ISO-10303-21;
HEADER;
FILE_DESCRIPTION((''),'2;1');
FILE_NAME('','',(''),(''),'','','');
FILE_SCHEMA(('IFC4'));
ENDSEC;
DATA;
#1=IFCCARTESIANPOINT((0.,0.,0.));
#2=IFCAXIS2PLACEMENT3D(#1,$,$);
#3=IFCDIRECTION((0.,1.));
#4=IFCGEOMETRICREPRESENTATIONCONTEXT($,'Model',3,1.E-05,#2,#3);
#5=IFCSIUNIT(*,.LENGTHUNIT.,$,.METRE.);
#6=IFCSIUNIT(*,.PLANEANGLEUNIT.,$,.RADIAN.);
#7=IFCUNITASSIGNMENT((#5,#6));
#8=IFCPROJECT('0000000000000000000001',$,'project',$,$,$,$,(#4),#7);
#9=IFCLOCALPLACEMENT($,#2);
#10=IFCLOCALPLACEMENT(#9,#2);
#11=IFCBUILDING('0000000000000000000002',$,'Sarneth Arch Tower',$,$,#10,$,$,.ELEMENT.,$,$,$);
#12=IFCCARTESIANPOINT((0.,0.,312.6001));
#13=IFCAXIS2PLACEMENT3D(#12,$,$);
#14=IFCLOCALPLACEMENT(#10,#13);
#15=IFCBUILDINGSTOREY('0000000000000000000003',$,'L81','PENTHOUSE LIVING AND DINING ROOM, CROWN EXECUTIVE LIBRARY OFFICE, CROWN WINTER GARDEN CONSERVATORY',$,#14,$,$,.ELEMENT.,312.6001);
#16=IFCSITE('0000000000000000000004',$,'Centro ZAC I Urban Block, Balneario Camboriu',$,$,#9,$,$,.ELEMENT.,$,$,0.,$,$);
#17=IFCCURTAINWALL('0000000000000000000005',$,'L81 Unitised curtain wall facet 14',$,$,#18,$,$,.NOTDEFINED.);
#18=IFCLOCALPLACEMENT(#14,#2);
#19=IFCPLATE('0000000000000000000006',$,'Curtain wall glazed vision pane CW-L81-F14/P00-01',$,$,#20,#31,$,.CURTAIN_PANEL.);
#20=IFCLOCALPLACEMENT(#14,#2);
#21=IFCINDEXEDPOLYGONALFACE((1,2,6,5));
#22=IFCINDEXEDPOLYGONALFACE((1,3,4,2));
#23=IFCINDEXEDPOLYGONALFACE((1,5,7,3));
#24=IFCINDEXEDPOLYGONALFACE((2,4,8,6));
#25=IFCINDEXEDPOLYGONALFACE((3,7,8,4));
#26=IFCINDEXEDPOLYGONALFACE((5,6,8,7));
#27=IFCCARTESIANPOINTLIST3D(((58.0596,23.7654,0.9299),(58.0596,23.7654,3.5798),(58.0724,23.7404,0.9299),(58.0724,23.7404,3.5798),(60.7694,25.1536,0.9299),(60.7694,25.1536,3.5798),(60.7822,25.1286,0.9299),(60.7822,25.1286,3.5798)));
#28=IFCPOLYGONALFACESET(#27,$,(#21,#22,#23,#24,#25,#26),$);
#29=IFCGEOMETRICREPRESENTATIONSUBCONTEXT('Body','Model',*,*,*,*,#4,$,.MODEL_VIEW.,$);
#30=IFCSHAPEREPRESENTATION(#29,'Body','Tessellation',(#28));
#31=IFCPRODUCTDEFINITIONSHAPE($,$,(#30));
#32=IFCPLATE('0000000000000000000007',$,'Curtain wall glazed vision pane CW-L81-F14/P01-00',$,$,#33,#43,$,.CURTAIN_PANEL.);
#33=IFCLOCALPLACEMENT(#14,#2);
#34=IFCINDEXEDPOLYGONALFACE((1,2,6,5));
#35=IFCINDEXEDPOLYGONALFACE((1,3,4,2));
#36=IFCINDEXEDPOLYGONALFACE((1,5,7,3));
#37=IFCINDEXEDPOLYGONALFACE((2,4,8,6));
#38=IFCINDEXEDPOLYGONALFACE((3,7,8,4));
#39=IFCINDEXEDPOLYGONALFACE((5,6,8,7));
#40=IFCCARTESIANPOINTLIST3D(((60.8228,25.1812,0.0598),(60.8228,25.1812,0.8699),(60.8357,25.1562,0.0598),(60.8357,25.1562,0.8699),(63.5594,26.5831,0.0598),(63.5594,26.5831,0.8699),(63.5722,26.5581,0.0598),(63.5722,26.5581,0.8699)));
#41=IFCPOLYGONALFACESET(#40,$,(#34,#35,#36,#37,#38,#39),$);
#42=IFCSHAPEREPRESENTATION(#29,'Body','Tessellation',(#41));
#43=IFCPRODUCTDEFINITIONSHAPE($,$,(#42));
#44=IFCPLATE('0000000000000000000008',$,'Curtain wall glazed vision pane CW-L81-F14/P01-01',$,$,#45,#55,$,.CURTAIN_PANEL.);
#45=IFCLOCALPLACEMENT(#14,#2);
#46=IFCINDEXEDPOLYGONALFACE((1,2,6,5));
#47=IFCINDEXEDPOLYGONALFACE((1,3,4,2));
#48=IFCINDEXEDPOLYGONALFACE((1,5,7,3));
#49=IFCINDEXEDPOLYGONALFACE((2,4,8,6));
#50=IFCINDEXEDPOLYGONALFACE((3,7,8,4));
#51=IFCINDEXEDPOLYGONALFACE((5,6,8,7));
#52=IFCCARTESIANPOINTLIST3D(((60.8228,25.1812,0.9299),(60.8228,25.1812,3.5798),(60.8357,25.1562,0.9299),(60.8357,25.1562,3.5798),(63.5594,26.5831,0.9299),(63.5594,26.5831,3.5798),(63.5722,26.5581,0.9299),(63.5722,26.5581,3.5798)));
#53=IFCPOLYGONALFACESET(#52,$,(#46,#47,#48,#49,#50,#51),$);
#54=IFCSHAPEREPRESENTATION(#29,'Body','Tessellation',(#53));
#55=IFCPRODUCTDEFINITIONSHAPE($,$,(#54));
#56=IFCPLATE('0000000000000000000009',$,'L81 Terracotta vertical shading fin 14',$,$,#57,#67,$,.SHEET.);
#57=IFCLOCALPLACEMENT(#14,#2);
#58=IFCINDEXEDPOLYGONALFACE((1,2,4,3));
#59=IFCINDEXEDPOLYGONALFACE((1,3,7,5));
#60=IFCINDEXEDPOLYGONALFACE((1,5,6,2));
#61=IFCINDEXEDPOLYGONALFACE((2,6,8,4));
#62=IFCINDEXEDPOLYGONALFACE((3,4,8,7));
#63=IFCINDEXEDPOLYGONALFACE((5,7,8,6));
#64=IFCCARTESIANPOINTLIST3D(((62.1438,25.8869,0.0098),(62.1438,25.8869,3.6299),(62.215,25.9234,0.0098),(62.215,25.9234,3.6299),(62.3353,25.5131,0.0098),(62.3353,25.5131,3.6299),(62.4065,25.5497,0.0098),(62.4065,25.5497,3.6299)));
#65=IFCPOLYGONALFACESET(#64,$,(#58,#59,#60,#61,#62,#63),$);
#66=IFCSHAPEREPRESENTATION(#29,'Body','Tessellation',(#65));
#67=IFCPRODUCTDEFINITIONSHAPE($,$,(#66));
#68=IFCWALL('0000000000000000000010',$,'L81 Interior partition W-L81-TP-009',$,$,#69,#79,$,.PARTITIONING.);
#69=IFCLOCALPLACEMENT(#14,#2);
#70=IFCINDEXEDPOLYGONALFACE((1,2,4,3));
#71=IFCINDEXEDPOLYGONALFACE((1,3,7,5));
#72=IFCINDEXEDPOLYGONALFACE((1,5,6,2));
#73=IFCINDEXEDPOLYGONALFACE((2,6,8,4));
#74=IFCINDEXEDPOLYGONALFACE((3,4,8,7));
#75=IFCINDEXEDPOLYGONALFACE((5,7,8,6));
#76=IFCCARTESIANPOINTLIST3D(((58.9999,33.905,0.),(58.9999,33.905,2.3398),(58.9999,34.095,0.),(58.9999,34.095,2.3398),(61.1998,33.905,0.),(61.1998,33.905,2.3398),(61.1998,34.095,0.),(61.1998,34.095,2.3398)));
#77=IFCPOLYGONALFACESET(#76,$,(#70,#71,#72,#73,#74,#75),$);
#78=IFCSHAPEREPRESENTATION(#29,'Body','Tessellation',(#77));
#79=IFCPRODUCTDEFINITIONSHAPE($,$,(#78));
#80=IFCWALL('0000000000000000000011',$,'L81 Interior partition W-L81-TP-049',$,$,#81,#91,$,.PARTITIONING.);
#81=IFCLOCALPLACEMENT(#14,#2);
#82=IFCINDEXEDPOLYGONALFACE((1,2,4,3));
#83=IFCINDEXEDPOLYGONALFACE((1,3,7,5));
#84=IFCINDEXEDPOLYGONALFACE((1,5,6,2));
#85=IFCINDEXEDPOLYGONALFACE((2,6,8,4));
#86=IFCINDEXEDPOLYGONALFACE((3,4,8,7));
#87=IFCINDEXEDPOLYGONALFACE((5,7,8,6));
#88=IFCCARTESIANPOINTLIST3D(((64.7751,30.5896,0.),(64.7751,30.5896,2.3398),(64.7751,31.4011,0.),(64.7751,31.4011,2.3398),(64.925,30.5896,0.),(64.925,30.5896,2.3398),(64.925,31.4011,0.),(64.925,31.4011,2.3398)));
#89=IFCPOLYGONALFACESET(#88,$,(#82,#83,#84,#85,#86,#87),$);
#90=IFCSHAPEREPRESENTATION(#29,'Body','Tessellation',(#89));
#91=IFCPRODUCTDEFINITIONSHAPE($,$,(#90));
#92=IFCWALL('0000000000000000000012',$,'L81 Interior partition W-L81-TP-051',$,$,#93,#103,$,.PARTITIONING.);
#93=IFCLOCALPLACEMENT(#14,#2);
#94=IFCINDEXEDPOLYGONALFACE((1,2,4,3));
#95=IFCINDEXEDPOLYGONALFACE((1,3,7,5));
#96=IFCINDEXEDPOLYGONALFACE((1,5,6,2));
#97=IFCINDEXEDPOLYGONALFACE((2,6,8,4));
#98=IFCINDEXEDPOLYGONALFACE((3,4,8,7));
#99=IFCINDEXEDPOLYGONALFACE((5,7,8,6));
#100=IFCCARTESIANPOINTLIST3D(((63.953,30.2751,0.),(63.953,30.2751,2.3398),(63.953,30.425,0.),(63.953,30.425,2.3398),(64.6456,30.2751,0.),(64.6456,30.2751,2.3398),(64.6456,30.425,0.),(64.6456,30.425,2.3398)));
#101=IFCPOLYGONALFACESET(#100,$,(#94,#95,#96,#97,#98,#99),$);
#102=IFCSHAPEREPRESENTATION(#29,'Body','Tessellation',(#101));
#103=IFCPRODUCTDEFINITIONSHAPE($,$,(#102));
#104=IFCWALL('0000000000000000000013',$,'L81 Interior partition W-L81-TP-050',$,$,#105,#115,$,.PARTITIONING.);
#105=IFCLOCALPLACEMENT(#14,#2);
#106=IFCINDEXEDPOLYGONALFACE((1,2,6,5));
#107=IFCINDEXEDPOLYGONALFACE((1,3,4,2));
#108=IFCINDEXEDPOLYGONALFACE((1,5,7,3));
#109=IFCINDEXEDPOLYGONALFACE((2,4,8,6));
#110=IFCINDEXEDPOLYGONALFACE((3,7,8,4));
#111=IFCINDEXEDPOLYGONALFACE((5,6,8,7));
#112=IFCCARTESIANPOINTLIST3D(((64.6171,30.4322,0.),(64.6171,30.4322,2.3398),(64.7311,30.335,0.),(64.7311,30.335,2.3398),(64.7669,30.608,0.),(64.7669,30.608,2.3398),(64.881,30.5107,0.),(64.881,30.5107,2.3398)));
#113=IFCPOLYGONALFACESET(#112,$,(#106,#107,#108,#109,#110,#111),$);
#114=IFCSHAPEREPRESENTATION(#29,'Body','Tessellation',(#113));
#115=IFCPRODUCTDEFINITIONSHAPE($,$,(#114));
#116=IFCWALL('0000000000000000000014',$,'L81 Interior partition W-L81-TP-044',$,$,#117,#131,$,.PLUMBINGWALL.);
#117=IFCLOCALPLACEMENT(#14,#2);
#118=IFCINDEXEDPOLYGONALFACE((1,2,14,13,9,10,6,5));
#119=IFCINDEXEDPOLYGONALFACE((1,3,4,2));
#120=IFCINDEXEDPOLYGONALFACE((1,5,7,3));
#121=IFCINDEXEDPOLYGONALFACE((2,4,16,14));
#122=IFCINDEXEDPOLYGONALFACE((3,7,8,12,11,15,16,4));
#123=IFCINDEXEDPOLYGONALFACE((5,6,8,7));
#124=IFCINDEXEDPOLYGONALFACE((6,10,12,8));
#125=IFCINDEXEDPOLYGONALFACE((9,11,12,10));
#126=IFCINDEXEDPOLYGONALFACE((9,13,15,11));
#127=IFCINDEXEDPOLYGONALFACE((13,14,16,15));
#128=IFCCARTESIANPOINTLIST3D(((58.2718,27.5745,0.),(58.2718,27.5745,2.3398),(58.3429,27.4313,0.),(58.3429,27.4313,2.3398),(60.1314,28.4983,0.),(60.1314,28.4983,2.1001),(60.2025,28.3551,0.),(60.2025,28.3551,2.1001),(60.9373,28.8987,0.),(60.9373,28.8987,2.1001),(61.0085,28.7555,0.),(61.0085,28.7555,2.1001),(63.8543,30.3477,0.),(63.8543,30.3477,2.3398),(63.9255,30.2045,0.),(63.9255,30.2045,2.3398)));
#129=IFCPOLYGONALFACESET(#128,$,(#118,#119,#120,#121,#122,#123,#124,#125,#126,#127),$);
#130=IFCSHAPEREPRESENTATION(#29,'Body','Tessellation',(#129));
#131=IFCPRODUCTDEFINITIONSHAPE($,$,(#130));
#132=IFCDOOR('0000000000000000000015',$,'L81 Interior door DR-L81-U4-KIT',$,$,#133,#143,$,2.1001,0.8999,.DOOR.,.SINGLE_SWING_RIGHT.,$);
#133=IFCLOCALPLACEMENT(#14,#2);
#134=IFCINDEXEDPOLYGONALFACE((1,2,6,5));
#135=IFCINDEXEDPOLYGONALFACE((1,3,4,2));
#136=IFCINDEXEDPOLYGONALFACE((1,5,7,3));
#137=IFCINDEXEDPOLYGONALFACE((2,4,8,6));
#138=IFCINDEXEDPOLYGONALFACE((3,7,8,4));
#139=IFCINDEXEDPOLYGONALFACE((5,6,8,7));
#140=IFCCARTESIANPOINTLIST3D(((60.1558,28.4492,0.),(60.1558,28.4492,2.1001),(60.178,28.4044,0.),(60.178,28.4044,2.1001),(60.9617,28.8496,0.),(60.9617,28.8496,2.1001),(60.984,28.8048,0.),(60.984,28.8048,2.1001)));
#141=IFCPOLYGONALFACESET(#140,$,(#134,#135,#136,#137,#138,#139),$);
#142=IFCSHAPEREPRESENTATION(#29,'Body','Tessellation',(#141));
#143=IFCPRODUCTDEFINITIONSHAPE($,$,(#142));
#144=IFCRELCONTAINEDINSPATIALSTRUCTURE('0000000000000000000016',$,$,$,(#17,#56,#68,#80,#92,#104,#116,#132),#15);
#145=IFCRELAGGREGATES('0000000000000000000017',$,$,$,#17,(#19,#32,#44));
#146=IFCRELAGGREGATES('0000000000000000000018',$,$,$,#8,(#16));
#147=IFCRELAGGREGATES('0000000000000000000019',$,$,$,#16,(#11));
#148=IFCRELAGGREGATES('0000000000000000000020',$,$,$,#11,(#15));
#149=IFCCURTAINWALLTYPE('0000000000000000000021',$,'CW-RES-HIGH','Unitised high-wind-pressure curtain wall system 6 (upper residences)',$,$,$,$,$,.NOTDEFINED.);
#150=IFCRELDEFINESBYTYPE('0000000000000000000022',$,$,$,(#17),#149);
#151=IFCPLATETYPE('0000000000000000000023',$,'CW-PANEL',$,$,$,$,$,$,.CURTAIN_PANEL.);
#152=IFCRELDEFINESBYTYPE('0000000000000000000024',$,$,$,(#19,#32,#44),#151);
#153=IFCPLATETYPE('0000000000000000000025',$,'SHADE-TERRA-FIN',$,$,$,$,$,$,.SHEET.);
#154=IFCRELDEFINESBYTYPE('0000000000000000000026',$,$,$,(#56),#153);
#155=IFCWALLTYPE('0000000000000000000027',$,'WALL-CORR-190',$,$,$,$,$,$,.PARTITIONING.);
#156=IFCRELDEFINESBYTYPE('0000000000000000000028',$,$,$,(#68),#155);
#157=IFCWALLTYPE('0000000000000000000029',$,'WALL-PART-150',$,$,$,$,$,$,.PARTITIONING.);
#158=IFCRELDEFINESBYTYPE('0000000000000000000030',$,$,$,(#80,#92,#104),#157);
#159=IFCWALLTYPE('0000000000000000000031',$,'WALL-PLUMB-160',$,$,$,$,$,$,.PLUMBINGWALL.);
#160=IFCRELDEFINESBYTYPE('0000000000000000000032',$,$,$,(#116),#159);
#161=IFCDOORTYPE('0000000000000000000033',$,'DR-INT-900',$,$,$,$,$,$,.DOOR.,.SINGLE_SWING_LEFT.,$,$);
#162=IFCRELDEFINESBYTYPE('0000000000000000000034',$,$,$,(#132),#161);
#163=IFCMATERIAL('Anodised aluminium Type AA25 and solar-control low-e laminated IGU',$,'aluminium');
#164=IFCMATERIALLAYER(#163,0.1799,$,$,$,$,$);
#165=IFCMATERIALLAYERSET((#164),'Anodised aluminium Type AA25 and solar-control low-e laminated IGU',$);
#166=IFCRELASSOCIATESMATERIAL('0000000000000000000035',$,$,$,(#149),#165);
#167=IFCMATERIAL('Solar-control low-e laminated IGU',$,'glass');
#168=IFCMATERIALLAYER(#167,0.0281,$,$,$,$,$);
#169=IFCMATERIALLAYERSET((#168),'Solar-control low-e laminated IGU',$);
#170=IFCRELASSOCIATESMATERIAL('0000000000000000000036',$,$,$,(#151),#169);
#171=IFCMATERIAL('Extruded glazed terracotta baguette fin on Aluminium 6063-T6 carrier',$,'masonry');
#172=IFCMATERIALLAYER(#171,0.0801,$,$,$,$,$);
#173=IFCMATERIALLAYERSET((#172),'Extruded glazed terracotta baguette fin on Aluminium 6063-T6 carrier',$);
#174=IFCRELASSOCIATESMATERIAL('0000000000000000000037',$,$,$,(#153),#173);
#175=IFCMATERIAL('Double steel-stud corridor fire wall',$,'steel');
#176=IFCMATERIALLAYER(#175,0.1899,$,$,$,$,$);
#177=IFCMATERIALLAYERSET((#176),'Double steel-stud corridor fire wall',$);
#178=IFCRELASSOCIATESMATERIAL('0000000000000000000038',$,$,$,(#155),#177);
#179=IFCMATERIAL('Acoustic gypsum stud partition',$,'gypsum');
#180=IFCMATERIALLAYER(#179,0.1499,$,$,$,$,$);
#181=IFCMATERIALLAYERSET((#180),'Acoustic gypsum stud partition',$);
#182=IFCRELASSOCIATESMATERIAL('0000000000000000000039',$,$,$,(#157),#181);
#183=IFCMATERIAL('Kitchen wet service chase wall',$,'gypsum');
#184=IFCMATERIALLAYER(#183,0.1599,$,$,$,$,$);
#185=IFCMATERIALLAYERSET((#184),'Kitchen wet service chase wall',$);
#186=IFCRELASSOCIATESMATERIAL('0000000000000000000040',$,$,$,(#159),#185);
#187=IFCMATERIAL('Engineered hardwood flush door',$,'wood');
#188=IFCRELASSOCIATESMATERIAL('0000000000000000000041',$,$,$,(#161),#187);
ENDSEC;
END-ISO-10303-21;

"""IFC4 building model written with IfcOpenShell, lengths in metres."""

from ifc_helpers import new_model, si_unit, direction, frame, frame_2d, origin, origin_2d, place, context, subcontext, project, spatial, rectangle, extrude, material, layer, layer_set, type_object, element, fill, aggregate, save


model = new_model("IFC4")

# Units and contexts
model_context = context("Model", 3, precision=1e-05, world=origin(), true_north=direction((0.0, 1.0)))
body_context = subcontext(model_context, "Body", "Model", "MODEL_VIEW")
ifc_project = project(units=[si_unit("LENGTHUNIT", "METRE"), si_unit("PLANEANGLEUNIT", "RADIAN")], contexts=[model_context])

# Site, building, storey
site_placement = place(None, origin())
site = spatial("IfcSite", under=ifc_project, at=site_placement, Name="Centro ZAC I Urban Block, Balneario Camboriu", CompositionType="ELEMENT", RefElevation=0.0)
building_placement = place(site_placement, origin())
building = spatial("IfcBuilding", under=site, at=building_placement, Name="Sarneth Arch Tower", CompositionType="ELEMENT")
storey_placement = place(building_placement, frame((0.0, 0.0, 312.6001)))
storey = spatial("IfcBuildingStorey", under=building, at=storey_placement, Name="L81", Description="PENTHOUSE LIVING AND DINING ROOM, CROWN EXECUTIVE LIBRARY OFFICE, CROWN WINTER GARDEN CONSERVATORY", CompositionType="ELEMENT", Elevation=312.6001)

# Curtain wall, plates
ifc_material_1 = material(Name="Anodised aluminium Type AA25 and solar-control low-e laminated IGU", Category="aluminium")
ifc_layer_1 = layer(ifc_material_1, 0.1799)
ifc_layer_set_1 = layer_set([ifc_layer_1], Name="Anodised aluminium Type AA25 and solar-control low-e laminated IGU")
curtain_wall_type = type_object("IfcCurtainWallType", Name="CW-RES-HIGH", Description="Unitised high-wind-pressure curtain wall system 6 (upper residences)", PredefinedType="NOTDEFINED", material=ifc_layer_set_1)
curtain_wall_placement = place(storey_placement, origin())
curtain_wall = element("IfcCurtainWall", 1, at=curtain_wall_placement, inside=storey, type_object=curtain_wall_type, Name="L81 Unitised curtain wall facet 14", PredefinedType="NOTDEFINED")
ifc_material_2 = material(Name="Solar-control low-e laminated IGU", Category="glass")
ifc_layer_2 = layer(ifc_material_2, 0.0281)
ifc_layer_set_2 = layer_set([ifc_layer_2], Name="Solar-control low-e laminated IGU")
plate_type_1 = type_object("IfcPlateType", Name="CW-PANEL", PredefinedType="CURTAIN_PANEL", material=ifc_layer_set_2)
plate_1_placement = place(storey_placement, frame((59.4209, 24.447, 0.9299), z_axis=(0.0, 0.0, 1.0), x_axis=(0.89001, 0.455942, 0.0)))
plate_1 = element("IfcPlate", 2, at=plate_1_placement, type_object=plate_type_1, Name="Curtain wall glazed vision pane CW-L81-F14/P00-01", PredefinedType="CURTAIN_PANEL", context=body_context, shape_type="SweptSolid", body=[
    extrude(rectangle(XDim=3.0447, YDim=0.0281, at=origin_2d()), origin(), (0.0, 0.0, 1.0), 2.6499),
])
plate_2_placement = place(storey_placement, frame((62.1975, 25.8696, 0.0598), z_axis=(0.0, 0.0, 1.0), x_axis=(0.89001, 0.455942, 0.0)))
plate_2 = element("IfcPlate", 3, at=plate_2_placement, type_object=plate_type_1, Name="Curtain wall glazed vision pane CW-L81-F14/P01-00", PredefinedType="CURTAIN_PANEL", context=body_context, shape_type="SweptSolid", body=[
    extrude(rectangle(XDim=3.0747, YDim=0.0281, at=origin_2d()), origin(), (0.0, 0.0, 1.0), 0.8101),
])
plate_3_placement = place(storey_placement, frame((62.1975, 25.8696, 0.9299), z_axis=(0.0, 0.0, 1.0), x_axis=(0.89001, 0.455942, 0.0)))
plate_3 = element("IfcPlate", 4, at=plate_3_placement, type_object=plate_type_1, Name="Curtain wall glazed vision pane CW-L81-F14/P01-01", PredefinedType="CURTAIN_PANEL", context=body_context, shape_type="SweptSolid", body=[
    extrude(rectangle(XDim=3.0747, YDim=0.0281, at=origin_2d()), origin(), (0.0, 0.0, 1.0), 2.6499),
])
aggregate(curtain_wall, [plate_1, plate_2, plate_3])

# Plate
ifc_material_3 = material(Name="Extruded glazed terracotta baguette fin on Aluminium 6063-T6 carrier", Category="masonry")
ifc_layer_3 = layer(ifc_material_3, 0.0801)
ifc_layer_set_3 = layer_set([ifc_layer_3], Name="Extruded glazed terracotta baguette fin on Aluminium 6063-T6 carrier")
plate_type_2 = type_object("IfcPlateType", Name="SHADE-TERRA-FIN", PredefinedType="SHEET", material=ifc_layer_set_3)
plate_4_placement = place(storey_placement, frame((62.2751, 25.7183, 0.0098), z_axis=(0.0, 0.0, 1.0), x_axis=(0.456011, -0.889974, 0.0)))
element("IfcPlate", 5, at=plate_4_placement, inside=storey, type_object=plate_type_2, Name="L81 Terracotta vertical shading fin 14", PredefinedType="SHEET", context=body_context, shape_type="SweptSolid", body=[
    extrude(rectangle(XDim=0.4199, YDim=0.0801, at=origin_2d()), origin(), (0.0, 0.0, 1.0), 3.6201),
])

# Walls
ifc_material_4 = material(Name="Double steel-stud corridor fire wall", Category="steel")
ifc_layer_4 = layer(ifc_material_4, 0.1899)
ifc_layer_set_4 = layer_set([ifc_layer_4], Name="Double steel-stud corridor fire wall")
wall_type_1 = type_object("IfcWallType", Name="WALL-CORR-190", PredefinedType="PARTITIONING", material=ifc_layer_set_4)
wall_1_placement = place(storey_placement, frame((61.2, 34.0, 0.0), z_axis=(0.0, 0.0, 1.0), x_axis=(-1.0, 0.0, 0.0)))
element("IfcWall", 6, at=wall_1_placement, inside=storey, type_object=wall_type_1, Name="L81 Interior partition W-L81-TP-009", PredefinedType="PARTITIONING", context=body_context, shape_type="SweptSolid", body=[
    extrude(rectangle(XDim=2.2, YDim=0.1899, at=frame_2d((1.1001, 0.0))), origin(), (0.0, 0.0, 1.0), 2.3398),
])
ifc_material_5 = material(Name="Acoustic gypsum stud partition", Category="gypsum")
ifc_layer_5 = layer(ifc_material_5, 0.1499)
ifc_layer_set_5 = layer_set([ifc_layer_5], Name="Acoustic gypsum stud partition")
wall_type_2 = type_object("IfcWallType", Name="WALL-PART-150", PredefinedType="PARTITIONING", material=ifc_layer_set_5)
wall_2_placement = place(storey_placement, frame((64.8501, 31.4011, 0.0), z_axis=(0.0, 0.0, 1.0), x_axis=(0.0, -1.0, 0.0)))
element("IfcWall", 7, at=wall_2_placement, inside=storey, type_object=wall_type_2, Name="L81 Interior partition W-L81-TP-049", PredefinedType="PARTITIONING", context=body_context, shape_type="SweptSolid", body=[
    extrude(rectangle(XDim=0.8115, YDim=0.1499, at=frame_2d((0.4058, 0.0))), origin(), (0.0, 0.0, 1.0), 2.3398),
])
wall_3_placement = place(storey_placement, frame((64.6455, 30.3501, 0.0), z_axis=(0.0, 0.0, 1.0), x_axis=(-1.0, 0.0, 0.0)))
element("IfcWall", 8, at=wall_3_placement, inside=storey, type_object=wall_type_2, Name="L81 Interior partition W-L81-TP-051", PredefinedType="PARTITIONING", context=body_context, shape_type="SweptSolid", body=[
    extrude(rectangle(XDim=0.6926, YDim=0.1499, at=frame_2d((0.3462, 0.0))), origin(), (0.0, 0.0, 1.0), 2.3398),
])
wall_4_placement = place(storey_placement, frame((64.824, 30.5593, 0.0), z_axis=(0.0, 0.0, 1.0), x_axis=(-0.648875, -0.760895, 0.0)))
element("IfcWall", 9, at=wall_4_placement, inside=storey, type_object=wall_type_2, Name="L81 Interior partition W-L81-TP-050", PredefinedType="PARTITIONING", context=body_context, shape_type="SweptSolid", body=[
    extrude(rectangle(XDim=0.231, YDim=0.1499, at=frame_2d((0.1155, 0.0))), origin(), (0.0, 0.0, 1.0), 2.3398),
])

# Wall, opening, door
ifc_material_6 = material(Name="Kitchen wet service chase wall", Category="gypsum")
ifc_layer_6 = layer(ifc_material_6, 0.1599)
ifc_layer_set_6 = layer_set([ifc_layer_6], Name="Kitchen wet service chase wall")
wall_type_3 = type_object("IfcWallType", Name="WALL-PLUMB-160", PredefinedType="PLUMBINGWALL", material=ifc_layer_set_6)
wall_5_placement = place(storey_placement, frame((63.8899, 30.2761, 0.0), z_axis=(0.0, 0.0, 1.0), x_axis=(-0.895584, -0.444893, 0.0)))
wall_5 = element("IfcWall", 10, at=wall_5_placement, inside=storey, type_object=wall_type_3, Name="L81 Interior partition W-L81-TP-044", PredefinedType="PLUMBINGWALL", context=body_context, shape_type="SweptSolid", body=[
    extrude(rectangle(XDim=6.2334, YDim=0.1599, at=frame_2d((3.1167, 0.0))), origin(), (0.0, 0.0, 1.0), 2.3398),
])
opening_placement = place(wall_5_placement, frame((3.2571, 0.0, 0.0)))
opening = element("IfcOpeningElement", 11, at=opening_placement, cuts=wall_5, PredefinedType="OPENING", context=body_context, shape_type="SweptSolid", body=[
    extrude(rectangle(XDim=0.8999, YDim=2.1001, at=frame_2d((0.45, 1.05))), frame((0.0, 0.0898, 0.0), z_axis=(0.0, -1.0, 0.0), x_axis=(1.0, 0.0, 0.0)), (0.0, 0.0, 1.0), 0.1799),
])
ifc_material_7 = material(Name="Engineered hardwood flush door", Category="wood")
door_type = type_object("IfcDoorType", Name="DR-INT-900", OperationType="SINGLE_SWING_LEFT", PredefinedType="DOOR", material=ifc_material_7)
door_placement = place(opening_placement, origin())
door = element("IfcDoor", 12, at=door_placement, inside=storey, type_object=door_type, Name="L81 Interior door DR-L81-U4-KIT", OperationType="SINGLE_SWING_RIGHT", OverallHeight=2.1001, OverallWidth=0.8999, PredefinedType="DOOR", context=body_context, shape_type="SweptSolid", body=[
    extrude(rectangle(XDim=0.8999, YDim=2.1001, at=frame_2d((0.45, 1.05))), frame((0.0, 0.0249, 0.0), z_axis=(0.0, -1.0, 0.0), x_axis=(1.0, 0.0, 0.0)), (0.0, 0.0, 1.0), 0.05),
])
fill(opening, door)

save(model, "model.ifc")
